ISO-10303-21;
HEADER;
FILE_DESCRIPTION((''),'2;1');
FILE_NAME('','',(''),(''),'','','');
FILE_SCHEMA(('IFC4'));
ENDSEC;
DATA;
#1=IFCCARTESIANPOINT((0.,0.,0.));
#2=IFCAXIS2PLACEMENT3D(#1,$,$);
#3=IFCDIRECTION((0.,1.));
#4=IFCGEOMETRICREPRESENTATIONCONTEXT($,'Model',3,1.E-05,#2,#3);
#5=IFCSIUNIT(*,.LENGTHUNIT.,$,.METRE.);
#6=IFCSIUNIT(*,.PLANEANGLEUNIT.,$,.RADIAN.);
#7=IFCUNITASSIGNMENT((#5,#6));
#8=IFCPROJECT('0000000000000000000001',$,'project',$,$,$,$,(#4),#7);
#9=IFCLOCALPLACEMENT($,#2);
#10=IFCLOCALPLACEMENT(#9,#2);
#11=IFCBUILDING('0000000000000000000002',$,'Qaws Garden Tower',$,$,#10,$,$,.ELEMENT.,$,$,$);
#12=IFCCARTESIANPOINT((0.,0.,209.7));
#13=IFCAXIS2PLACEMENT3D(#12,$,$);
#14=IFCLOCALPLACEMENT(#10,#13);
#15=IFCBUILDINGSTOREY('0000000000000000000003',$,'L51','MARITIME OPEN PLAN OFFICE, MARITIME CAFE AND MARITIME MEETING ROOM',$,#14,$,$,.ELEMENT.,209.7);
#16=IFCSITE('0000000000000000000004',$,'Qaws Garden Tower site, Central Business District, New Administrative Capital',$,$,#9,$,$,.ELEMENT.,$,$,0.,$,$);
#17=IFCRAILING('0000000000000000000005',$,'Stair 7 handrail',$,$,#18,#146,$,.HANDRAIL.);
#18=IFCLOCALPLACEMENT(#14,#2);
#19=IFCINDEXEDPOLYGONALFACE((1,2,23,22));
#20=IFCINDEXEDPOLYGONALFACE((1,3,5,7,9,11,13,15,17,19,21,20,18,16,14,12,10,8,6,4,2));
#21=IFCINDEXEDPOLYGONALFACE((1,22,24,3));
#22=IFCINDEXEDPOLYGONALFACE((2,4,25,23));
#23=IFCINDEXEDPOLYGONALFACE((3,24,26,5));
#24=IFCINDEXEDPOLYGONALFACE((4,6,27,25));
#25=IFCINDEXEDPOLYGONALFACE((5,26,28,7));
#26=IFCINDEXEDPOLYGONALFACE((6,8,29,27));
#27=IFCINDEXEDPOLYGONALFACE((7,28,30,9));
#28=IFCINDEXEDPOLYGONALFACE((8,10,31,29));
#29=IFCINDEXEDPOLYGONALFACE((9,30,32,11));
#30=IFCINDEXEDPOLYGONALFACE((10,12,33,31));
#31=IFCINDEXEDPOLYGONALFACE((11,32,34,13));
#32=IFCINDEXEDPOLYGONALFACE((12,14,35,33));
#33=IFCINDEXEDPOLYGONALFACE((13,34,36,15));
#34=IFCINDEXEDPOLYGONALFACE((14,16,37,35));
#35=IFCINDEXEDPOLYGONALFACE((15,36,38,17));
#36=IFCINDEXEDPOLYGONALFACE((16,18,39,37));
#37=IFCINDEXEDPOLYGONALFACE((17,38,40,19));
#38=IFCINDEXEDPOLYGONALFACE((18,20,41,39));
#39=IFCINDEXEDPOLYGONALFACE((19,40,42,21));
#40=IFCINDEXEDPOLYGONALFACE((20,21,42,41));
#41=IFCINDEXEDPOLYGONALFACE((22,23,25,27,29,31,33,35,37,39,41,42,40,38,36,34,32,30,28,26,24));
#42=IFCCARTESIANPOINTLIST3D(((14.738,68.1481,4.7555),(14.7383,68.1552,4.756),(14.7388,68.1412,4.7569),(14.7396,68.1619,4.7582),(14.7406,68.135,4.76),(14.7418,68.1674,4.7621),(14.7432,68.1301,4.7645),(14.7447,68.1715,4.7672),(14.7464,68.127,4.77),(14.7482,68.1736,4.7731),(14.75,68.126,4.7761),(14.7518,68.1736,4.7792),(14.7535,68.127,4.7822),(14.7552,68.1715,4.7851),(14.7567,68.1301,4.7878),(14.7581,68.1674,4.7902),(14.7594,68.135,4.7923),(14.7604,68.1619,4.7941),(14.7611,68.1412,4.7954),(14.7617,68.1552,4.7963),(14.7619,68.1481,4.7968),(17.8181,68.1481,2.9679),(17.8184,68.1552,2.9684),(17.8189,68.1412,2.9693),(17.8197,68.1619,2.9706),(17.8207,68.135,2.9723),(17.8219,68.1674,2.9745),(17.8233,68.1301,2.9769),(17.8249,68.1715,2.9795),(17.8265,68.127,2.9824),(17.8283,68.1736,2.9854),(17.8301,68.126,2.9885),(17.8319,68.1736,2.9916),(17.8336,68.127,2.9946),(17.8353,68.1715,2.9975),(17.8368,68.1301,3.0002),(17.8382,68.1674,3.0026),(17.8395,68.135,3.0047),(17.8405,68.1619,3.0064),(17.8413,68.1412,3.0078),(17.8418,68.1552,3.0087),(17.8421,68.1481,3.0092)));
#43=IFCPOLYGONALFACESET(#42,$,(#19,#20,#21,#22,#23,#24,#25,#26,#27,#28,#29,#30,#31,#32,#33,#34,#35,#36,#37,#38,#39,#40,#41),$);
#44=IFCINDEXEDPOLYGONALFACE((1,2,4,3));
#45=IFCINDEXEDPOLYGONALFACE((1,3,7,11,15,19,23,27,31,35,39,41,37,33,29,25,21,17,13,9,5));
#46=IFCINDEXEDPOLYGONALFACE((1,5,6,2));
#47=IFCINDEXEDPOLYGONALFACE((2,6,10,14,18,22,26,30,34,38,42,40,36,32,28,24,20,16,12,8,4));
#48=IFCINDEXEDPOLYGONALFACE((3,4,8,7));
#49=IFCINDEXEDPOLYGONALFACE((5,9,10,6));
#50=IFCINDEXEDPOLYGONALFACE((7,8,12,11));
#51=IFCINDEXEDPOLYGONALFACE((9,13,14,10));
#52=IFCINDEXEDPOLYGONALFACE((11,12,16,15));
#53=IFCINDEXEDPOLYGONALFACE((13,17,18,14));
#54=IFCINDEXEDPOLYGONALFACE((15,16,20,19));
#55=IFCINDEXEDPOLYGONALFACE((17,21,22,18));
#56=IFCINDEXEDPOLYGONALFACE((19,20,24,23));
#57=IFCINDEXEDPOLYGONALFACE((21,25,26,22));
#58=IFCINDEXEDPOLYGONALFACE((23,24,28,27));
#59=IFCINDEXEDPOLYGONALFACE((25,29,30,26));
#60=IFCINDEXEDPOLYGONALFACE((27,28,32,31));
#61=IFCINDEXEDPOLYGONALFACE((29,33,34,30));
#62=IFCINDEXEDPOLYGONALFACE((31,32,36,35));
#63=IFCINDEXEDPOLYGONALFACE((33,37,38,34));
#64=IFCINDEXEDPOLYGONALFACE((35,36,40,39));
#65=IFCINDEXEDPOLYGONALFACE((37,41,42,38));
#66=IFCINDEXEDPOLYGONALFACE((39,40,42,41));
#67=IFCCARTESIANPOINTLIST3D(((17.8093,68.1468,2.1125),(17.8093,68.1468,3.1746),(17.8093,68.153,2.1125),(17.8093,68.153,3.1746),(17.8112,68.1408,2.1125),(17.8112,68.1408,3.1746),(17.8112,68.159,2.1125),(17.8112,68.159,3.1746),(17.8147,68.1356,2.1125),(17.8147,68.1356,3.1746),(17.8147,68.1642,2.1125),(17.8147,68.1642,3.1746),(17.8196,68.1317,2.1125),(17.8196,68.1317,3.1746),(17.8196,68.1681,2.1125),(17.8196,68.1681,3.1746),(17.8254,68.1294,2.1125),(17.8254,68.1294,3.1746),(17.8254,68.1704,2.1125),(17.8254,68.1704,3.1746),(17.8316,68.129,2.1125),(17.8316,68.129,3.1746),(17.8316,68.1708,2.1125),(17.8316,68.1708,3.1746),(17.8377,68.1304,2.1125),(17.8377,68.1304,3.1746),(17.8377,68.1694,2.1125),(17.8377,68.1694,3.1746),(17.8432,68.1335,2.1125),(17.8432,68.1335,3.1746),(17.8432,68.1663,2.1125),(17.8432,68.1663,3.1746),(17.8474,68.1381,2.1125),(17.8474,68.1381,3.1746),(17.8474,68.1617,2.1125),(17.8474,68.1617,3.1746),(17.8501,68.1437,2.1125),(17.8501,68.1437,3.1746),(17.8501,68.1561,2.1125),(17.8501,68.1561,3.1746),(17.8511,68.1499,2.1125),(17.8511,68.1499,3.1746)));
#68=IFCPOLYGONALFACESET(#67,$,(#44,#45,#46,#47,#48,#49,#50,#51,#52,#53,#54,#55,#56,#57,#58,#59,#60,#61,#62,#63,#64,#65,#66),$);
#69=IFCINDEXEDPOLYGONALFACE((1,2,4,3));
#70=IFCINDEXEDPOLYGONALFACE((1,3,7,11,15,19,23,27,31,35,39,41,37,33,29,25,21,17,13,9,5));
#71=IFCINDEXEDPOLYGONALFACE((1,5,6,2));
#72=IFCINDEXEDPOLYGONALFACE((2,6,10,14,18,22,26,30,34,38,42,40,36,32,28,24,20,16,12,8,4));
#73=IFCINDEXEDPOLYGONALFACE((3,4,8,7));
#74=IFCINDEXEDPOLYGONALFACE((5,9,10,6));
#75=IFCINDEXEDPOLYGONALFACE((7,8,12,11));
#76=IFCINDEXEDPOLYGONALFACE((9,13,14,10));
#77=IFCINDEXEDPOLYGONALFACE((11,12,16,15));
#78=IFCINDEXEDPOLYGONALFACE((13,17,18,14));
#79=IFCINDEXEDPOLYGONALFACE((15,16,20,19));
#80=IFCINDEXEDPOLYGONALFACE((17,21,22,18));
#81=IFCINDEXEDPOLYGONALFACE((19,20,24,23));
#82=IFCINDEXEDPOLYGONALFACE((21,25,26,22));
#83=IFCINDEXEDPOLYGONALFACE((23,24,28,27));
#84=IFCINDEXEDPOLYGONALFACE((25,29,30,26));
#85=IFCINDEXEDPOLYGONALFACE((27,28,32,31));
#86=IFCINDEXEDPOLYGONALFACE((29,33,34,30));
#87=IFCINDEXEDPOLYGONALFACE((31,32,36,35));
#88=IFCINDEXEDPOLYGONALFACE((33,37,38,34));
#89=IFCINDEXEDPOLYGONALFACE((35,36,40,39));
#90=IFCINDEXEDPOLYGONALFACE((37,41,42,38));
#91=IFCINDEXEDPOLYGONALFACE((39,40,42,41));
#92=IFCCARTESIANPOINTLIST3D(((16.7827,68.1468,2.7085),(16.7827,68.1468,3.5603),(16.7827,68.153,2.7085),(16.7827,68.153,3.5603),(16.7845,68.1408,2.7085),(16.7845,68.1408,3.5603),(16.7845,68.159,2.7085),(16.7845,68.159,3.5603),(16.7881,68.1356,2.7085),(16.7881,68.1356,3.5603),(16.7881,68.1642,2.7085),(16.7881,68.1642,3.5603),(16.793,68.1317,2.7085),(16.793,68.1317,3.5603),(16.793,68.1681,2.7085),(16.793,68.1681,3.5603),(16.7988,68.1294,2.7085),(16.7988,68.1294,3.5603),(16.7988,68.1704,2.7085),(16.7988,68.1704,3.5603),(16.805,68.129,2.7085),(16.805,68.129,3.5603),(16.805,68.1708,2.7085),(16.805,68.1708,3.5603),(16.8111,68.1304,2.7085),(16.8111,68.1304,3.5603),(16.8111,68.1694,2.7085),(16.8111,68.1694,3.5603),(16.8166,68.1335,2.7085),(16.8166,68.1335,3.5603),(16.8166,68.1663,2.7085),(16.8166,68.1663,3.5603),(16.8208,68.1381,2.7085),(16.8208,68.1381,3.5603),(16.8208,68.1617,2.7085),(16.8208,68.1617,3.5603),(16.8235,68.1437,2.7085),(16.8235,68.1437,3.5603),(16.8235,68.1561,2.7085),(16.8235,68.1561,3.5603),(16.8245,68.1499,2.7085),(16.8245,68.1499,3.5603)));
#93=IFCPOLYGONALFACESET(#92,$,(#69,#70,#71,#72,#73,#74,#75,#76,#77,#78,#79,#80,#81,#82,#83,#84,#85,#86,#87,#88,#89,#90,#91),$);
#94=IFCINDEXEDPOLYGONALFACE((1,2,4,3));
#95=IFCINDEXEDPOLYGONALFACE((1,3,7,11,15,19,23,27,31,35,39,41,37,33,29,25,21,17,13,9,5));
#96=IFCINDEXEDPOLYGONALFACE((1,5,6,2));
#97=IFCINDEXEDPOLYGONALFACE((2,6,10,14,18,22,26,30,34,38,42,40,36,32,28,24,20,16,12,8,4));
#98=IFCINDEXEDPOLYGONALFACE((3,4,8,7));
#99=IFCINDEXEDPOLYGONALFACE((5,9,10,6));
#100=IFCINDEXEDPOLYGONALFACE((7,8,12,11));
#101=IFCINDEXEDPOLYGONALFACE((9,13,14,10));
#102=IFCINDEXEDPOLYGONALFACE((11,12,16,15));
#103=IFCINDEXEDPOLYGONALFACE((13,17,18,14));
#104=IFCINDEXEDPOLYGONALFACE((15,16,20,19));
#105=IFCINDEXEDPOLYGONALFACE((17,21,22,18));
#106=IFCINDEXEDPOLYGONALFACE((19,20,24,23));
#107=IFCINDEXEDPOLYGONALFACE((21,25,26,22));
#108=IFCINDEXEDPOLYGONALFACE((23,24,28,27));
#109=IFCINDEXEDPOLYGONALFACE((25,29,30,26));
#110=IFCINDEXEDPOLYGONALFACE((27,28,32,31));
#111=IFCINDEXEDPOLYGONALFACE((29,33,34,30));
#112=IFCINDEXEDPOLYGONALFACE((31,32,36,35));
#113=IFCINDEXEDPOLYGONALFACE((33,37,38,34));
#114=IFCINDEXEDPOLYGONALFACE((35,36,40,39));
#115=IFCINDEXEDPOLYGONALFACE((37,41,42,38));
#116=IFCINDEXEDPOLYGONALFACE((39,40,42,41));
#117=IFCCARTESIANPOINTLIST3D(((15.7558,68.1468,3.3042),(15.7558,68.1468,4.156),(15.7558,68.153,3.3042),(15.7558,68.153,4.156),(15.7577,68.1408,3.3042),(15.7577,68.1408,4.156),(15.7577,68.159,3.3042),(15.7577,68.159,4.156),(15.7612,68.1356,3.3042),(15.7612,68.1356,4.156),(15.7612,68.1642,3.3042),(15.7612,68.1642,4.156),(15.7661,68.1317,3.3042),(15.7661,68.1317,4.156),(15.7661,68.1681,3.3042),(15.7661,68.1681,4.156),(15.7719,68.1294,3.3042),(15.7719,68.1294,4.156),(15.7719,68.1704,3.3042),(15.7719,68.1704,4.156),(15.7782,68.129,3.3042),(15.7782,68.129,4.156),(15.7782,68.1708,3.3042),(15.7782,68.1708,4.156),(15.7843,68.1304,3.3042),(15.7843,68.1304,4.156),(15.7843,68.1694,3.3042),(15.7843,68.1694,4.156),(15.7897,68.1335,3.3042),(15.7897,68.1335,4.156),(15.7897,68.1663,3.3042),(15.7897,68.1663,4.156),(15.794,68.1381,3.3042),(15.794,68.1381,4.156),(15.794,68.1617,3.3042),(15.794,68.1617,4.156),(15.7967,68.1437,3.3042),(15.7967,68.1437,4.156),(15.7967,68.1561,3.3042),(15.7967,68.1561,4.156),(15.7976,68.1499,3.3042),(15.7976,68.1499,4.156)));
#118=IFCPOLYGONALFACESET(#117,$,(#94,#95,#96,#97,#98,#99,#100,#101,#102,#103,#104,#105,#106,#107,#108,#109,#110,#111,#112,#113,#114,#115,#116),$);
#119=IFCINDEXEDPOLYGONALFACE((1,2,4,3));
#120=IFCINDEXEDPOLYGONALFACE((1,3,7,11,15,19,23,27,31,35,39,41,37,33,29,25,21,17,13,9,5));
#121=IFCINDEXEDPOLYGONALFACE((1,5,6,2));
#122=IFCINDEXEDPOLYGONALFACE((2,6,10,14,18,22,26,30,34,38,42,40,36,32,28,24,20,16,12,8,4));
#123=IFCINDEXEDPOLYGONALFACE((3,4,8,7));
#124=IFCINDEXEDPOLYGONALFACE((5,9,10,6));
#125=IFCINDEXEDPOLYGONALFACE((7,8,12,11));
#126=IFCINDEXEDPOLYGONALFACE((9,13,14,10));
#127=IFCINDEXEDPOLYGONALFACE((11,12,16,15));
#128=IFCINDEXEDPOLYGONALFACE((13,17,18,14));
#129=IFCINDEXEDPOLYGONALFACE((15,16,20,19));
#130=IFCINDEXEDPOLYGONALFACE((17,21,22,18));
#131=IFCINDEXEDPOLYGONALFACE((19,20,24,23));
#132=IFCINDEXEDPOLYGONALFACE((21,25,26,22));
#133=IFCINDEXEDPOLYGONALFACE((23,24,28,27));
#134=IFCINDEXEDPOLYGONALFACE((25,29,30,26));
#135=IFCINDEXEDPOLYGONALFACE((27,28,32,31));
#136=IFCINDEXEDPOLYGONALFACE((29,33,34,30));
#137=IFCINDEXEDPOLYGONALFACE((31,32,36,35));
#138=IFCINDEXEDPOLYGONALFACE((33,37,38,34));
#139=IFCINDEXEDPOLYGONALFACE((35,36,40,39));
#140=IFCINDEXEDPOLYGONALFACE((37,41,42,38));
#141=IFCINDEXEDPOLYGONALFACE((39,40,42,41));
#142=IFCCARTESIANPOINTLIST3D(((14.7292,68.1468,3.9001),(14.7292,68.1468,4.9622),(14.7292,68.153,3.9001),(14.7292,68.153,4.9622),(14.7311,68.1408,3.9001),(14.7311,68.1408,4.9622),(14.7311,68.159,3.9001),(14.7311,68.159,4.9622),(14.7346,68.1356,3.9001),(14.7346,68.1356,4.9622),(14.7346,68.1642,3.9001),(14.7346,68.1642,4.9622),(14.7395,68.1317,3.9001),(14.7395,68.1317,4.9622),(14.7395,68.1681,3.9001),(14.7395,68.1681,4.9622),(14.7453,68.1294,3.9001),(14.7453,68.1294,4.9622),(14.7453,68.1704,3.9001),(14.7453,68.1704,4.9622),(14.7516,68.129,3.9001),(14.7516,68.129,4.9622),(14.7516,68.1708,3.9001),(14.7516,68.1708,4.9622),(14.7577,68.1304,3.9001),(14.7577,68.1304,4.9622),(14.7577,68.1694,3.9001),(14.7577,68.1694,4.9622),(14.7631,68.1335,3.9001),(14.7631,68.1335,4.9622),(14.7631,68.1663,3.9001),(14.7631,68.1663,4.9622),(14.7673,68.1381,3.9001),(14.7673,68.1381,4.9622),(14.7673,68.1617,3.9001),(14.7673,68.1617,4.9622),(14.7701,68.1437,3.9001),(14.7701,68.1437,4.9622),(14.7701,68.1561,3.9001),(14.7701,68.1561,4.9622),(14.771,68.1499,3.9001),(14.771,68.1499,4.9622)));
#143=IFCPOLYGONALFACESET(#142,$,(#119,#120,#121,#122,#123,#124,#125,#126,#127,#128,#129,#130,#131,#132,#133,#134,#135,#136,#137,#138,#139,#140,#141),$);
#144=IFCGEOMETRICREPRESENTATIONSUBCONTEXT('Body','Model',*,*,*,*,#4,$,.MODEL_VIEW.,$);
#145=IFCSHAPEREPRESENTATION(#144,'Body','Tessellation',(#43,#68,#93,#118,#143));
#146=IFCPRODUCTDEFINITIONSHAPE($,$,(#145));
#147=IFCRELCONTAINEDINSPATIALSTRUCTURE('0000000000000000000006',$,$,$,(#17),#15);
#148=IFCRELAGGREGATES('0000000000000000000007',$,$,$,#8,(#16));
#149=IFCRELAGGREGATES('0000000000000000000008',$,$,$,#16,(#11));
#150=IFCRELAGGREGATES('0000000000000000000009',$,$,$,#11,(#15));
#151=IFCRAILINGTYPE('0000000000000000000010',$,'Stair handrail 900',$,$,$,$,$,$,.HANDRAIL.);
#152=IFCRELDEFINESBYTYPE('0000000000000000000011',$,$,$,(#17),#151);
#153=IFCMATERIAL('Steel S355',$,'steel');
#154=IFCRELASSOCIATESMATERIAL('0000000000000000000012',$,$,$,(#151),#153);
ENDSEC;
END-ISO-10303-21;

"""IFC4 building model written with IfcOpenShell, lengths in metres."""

from ifc_helpers import new_model, si_unit, direction, frame, origin, origin_2d, place, context, subcontext, project, spatial, circle, extrude, material, type_object, element, save


model = new_model("IFC4")

# Units and contexts
model_context = context("Model", 3, precision=1e-05, world=origin(), true_north=direction((0.0, 1.0)))
body_context = subcontext(model_context, "Body", "Model", "MODEL_VIEW")
ifc_project = project(units=[si_unit("LENGTHUNIT", "METRE"), si_unit("PLANEANGLEUNIT", "RADIAN")], contexts=[model_context])

# Site, building, storey
site_placement = place(None, origin())
site = spatial("IfcSite", under=ifc_project, at=site_placement, Name="Qaws Garden Tower site, Central Business District, New Administrative Capital", CompositionType="ELEMENT", RefElevation=0.0)
building_placement = place(site_placement, origin())
building = spatial("IfcBuilding", under=site, at=building_placement, Name="Qaws Garden Tower", CompositionType="ELEMENT")
storey_placement = place(building_placement, frame((0.0, 0.0, 209.7)))
storey = spatial("IfcBuildingStorey", under=building, at=storey_placement, Name="L51", Description="MARITIME OPEN PLAN OFFICE, MARITIME CAFE AND MARITIME MEETING ROOM", CompositionType="ELEMENT", Elevation=209.7)

# Railing
ifc_material_1 = material(Name="Steel S355", Category="steel")
railing_type = type_object("IfcRailingType", Name="Stair handrail 900", PredefinedType="HANDRAIL", material=ifc_material_1)
railing_1_placement = place(storey_placement, frame((17.8301, 68.1499, 2.1125)))
element("IfcRailing", 1, at=railing_1_placement, inside=storey, type_object=railing_type, Name="Stair 7 handrail", PredefinedType="HANDRAIL", context=body_context, shape_type="SweptSolid", body=[
    extrude(circle(Radius=0.0239, at=origin_2d()), frame((0.0, 0.0, 0.876), z_axis=(-0.864891, 0.0, 0.50196), x_axis=(0.0, -1.0, 0.0)), (0.0, 0.0, 1.0), 3.5613),
    extrude(circle(Radius=0.021, at=origin_2d()), origin(), (0.0, 0.0, 1.0), 1.062),
    extrude(circle(Radius=0.021, at=origin_2d()), frame((-1.0266, 0.0, 0.5959)), (0.0, 0.0, 1.0), 0.8518),
    extrude(circle(Radius=0.021, at=origin_2d()), frame((-2.0535, 0.0, 1.1917)), (0.0, 0.0, 1.0), 0.8518),
    extrude(circle(Radius=0.021, at=origin_2d()), frame((-3.0801, 0.0, 1.7876)), (0.0, 0.0, 1.0), 1.062),
])

save(model, "model.ifc")
